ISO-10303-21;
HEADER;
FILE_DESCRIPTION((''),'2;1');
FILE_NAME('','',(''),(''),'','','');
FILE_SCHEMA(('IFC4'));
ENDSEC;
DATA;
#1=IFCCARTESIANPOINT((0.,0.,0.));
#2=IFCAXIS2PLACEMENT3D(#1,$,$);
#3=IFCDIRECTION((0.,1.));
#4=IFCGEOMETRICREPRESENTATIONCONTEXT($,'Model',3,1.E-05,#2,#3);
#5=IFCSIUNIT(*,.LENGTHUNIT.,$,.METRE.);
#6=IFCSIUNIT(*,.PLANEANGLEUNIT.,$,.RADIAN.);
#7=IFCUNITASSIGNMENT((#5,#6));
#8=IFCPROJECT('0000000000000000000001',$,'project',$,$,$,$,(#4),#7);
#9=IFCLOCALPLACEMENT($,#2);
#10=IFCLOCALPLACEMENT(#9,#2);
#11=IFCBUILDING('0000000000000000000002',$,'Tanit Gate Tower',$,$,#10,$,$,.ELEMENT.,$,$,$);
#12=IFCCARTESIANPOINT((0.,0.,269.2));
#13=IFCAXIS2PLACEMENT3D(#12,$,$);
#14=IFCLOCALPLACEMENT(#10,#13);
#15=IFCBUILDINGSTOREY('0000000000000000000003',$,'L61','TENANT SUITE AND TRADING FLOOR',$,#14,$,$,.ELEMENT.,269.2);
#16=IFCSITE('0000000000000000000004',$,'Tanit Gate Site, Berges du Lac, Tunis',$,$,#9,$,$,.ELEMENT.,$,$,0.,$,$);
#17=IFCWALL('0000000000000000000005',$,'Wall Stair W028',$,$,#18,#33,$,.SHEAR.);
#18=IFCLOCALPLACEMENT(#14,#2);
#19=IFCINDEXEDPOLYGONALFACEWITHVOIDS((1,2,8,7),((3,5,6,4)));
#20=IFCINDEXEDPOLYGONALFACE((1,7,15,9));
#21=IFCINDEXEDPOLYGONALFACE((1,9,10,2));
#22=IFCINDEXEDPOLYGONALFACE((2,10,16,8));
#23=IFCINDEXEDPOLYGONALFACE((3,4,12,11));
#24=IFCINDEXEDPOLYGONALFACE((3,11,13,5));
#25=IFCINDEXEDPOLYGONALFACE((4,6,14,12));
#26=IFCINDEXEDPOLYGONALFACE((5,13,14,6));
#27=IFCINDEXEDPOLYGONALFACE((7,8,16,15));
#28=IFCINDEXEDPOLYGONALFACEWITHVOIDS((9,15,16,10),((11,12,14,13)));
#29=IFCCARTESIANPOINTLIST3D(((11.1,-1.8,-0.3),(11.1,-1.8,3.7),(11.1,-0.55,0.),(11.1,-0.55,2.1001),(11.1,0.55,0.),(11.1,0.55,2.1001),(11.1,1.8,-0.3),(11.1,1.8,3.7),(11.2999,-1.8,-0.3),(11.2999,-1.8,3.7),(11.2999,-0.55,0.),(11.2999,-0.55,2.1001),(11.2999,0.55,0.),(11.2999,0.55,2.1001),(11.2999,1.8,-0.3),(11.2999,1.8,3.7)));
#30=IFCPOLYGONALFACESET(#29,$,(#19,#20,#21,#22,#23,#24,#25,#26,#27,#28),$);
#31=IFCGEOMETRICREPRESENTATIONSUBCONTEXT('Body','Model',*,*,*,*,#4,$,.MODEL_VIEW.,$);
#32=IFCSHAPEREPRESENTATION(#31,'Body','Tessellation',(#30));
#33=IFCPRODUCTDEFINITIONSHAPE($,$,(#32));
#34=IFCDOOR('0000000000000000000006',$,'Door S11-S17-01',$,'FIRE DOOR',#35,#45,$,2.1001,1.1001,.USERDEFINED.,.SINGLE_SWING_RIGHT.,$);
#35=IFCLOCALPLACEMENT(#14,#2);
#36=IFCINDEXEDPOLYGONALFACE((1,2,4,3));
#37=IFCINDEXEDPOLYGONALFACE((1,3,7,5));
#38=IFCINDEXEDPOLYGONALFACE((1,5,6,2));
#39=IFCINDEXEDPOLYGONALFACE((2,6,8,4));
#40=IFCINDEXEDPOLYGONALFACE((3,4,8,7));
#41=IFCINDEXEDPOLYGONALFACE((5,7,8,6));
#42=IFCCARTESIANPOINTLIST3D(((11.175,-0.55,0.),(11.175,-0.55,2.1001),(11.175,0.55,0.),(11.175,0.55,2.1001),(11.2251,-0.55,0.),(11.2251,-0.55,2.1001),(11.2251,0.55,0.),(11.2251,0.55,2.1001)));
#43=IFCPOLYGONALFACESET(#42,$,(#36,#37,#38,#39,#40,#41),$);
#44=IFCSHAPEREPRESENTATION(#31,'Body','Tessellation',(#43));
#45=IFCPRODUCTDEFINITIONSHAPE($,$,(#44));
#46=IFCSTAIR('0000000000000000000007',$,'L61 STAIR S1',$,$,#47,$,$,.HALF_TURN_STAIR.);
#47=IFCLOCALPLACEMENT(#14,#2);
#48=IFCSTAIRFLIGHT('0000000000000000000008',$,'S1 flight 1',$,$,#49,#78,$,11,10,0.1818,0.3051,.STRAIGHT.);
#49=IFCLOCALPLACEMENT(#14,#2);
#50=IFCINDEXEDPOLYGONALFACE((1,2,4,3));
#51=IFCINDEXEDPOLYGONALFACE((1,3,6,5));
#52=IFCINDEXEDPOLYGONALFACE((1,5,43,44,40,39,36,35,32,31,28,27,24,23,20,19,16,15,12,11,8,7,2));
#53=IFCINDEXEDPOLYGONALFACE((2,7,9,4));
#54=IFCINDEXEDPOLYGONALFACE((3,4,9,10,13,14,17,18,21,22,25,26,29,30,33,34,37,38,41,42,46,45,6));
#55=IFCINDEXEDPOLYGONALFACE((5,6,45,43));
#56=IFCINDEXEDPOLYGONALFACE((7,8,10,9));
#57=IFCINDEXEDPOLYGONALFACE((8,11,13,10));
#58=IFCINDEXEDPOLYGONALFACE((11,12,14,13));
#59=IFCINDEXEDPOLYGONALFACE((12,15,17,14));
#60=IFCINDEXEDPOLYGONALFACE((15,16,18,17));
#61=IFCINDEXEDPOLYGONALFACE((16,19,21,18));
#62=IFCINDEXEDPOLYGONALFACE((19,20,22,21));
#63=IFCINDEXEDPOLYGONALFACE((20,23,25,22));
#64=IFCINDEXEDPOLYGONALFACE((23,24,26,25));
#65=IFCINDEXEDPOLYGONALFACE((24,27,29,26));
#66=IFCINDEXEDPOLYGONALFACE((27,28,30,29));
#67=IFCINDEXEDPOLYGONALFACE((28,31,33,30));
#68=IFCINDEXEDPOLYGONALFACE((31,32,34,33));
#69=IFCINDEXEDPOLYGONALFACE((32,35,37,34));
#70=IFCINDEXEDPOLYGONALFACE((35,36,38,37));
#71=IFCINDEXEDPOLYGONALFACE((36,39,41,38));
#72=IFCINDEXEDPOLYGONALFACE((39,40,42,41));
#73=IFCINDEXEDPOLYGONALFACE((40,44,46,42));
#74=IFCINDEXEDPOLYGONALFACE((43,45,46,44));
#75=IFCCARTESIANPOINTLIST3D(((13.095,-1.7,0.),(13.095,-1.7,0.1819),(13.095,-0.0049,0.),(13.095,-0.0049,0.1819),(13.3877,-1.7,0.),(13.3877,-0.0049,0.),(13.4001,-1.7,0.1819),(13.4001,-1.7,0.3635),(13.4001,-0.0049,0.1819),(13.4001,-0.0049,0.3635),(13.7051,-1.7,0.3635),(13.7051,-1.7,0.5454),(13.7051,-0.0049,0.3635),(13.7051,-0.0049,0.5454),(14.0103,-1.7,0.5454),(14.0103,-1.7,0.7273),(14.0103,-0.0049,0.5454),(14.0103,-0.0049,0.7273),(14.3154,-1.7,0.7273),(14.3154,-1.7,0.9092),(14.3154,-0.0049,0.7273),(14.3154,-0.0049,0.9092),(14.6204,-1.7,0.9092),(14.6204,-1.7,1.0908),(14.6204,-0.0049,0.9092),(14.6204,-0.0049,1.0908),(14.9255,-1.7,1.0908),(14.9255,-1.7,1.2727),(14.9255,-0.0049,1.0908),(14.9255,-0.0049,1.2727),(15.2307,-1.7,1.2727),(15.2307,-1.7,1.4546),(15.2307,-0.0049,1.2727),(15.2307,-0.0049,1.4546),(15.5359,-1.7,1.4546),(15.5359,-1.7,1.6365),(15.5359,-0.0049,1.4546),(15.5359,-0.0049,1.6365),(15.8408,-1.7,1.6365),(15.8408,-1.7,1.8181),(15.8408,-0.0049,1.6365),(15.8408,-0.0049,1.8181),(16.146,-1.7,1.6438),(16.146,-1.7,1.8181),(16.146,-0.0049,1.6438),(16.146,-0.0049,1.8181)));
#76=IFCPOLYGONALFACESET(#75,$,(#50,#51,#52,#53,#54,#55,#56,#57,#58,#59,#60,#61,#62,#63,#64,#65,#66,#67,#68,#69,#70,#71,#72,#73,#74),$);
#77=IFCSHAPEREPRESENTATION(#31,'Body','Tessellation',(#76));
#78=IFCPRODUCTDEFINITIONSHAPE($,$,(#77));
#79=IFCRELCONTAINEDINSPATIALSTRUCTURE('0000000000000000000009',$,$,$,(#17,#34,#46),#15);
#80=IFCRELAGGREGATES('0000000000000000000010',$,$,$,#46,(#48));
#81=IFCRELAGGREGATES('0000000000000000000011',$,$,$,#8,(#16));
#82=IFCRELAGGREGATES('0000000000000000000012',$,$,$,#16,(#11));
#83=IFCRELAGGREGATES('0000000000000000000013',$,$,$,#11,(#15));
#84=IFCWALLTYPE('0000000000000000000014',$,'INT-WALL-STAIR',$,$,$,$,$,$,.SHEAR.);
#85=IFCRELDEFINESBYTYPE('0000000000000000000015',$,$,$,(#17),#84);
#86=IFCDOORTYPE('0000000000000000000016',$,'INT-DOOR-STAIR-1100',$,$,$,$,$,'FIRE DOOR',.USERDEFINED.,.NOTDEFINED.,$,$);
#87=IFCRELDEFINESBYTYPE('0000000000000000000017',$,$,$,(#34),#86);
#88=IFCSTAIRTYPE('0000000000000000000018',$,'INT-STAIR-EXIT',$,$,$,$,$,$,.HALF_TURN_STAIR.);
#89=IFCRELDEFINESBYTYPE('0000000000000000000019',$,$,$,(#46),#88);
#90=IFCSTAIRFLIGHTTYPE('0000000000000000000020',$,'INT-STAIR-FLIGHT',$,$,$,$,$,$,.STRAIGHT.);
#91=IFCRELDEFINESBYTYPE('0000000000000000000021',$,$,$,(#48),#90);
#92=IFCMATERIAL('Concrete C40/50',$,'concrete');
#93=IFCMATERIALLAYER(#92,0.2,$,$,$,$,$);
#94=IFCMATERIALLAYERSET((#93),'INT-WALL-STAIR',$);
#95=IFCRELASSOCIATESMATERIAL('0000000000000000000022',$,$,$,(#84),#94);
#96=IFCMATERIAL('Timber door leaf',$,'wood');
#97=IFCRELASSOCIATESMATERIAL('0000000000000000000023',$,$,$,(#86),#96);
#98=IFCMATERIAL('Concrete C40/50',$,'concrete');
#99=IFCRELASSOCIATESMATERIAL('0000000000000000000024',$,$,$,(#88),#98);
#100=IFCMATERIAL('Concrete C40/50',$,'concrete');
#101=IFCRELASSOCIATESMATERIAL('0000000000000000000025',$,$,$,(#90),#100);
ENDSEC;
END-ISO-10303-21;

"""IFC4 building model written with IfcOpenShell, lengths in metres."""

from ifc_helpers import new_model, si_unit, direction, frame, frame_2d, origin, place, context, subcontext, project, spatial, polyline, rectangle, outline, extrude, material, layer, layer_set, type_object, element, fill, aggregate, save


model = new_model("IFC4")

# Units and contexts
model_context = context("Model", 3, precision=1e-05, world=origin(), true_north=direction((0.0, 1.0)))
body_context = subcontext(model_context, "Body", "Model", "MODEL_VIEW")
ifc_project = project(units=[si_unit("LENGTHUNIT", "METRE"), si_unit("PLANEANGLEUNIT", "RADIAN")], contexts=[model_context])

# Site, building, storey
site_placement = place(None, origin())
site = spatial("IfcSite", under=ifc_project, at=site_placement, Name="Tanit Gate Site, Berges du Lac, Tunis", CompositionType="ELEMENT", RefElevation=0.0)
building_placement = place(site_placement, origin())
building = spatial("IfcBuilding", under=site, at=building_placement, Name="Tanit Gate Tower", CompositionType="ELEMENT")
storey_placement = place(building_placement, frame((0.0, 0.0, 269.2)))
storey = spatial("IfcBuildingStorey", under=building, at=storey_placement, Name="L61", Description="TENANT SUITE AND TRADING FLOOR", CompositionType="ELEMENT", Elevation=269.2)

# Shared definitions
ifc_material_1 = material(Name="Concrete C40/50", Category="concrete")
ifc_layer_1 = layer(ifc_material_1, 0.2)
ifc_layer_set_1 = layer_set([ifc_layer_1], Name="INT-WALL-STAIR")
wall_type_1 = type_object("IfcWallType", Name="INT-WALL-STAIR", PredefinedType="SHEAR", material=ifc_layer_set_1)

# Wall, opening, door
wall_1_placement = place(storey_placement, frame((11.2, -1.8, -0.3), z_axis=(0.0, 0.0, 1.0), x_axis=(0.0, 1.0, 0.0)))
wall_1 = element("IfcWall", 1, at=wall_1_placement, inside=storey, type_object=wall_type_1, Name="Wall Stair W028", PredefinedType="SHEAR", context=body_context, shape_type="SweptSolid", body=[
    extrude(rectangle(XDim=3.6001, YDim=0.2, at=frame_2d((1.8, 0.0))), origin(), (0.0, 0.0, 1.0), 4.0),
])
opening_1_placement = place(wall_1_placement, frame((1.25, 0.0, 0.3)))
opening_1 = element("IfcOpeningElement", 2, at=opening_1_placement, cuts=wall_1, PredefinedType="OPENING", context=body_context, shape_type="SweptSolid", body=[
    extrude(rectangle(XDim=1.1001, YDim=2.1001, at=frame_2d((0.55, 1.05))), frame((0.0, 0.1099, 0.0), z_axis=(0.0, -1.0, 0.0), x_axis=(1.0, 0.0, 0.0)), (0.0, 0.0, 1.0), 0.22),
])
ifc_material_2 = material(Name="Timber door leaf", Category="wood")
door_type_1 = type_object("IfcDoorType", Name="INT-DOOR-STAIR-1100", ElementType="FIRE DOOR", OperationType="NOTDEFINED", PredefinedType="USERDEFINED", material=ifc_material_2)
door_1_placement = place(opening_1_placement, origin())
door_1 = element("IfcDoor", 3, at=door_1_placement, inside=storey, type_object=door_type_1, Name="Door S11-S17-01", ObjectType="FIRE DOOR", OperationType="SINGLE_SWING_RIGHT", OverallHeight=2.1001, OverallWidth=1.1001, PredefinedType="USERDEFINED", context=body_context, shape_type="SweptSolid", body=[
    extrude(rectangle(XDim=1.1001, YDim=2.1001, at=frame_2d((0.55, 1.05))), frame((0.0, 0.0249, 0.0), z_axis=(0.0, -1.0, 0.0), x_axis=(1.0, 0.0, 0.0)), (0.0, 0.0, 1.0), 0.05),
])
fill(opening_1, door_1)

# Stair, stair flight
ifc_material_3 = material(Name="Concrete C40/50", Category="concrete")
stair_type = type_object("IfcStairType", Name="INT-STAIR-EXIT", PredefinedType="HALF_TURN_STAIR", material=ifc_material_3)
stair_placement = place(storey_placement, origin())
stair = element("IfcStair", 4, at=stair_placement, inside=storey, type_object=stair_type, Name="L61 STAIR S1", PredefinedType="HALF_TURN_STAIR")
ifc_material_4 = material(Name="Concrete C40/50", Category="concrete")
stair_flight_type = type_object("IfcStairFlightType", Name="INT-STAIR-FLIGHT", PredefinedType="STRAIGHT", material=ifc_material_4)
stair_flight_placement = place(storey_placement, frame((13.095, -0.8525, 0.0), z_axis=(0.0, 0.0, 1.0), x_axis=(1.0, 0.0, 0.0)))
stair_flight = element("IfcStairFlight", 5, at=stair_flight_placement, type_object=stair_flight_type, Name="S1 flight 1", NumberOfRisers=11, NumberOfTreads=10, PredefinedType="STRAIGHT", RiserHeight=0.1818, TreadLength=0.3051, context=body_context, shape_type="SweptSolid", body=[
    extrude(outline(polyline([(0.0, 0.0), (0.0, 0.1819), (0.3052, 0.1819), (0.3052, 0.3635), (0.6101, 0.3635), (0.6101, 0.5454), (0.9153, 0.5454), (0.9153, 0.7273), (1.2205, 0.7273), (1.2205, 0.9092), (1.5254, 0.9092), (1.5254, 1.0908), (1.8306, 1.0908), (1.8306, 1.2727), (2.1357, 1.2727), (2.1357, 1.4546), (2.4409, 1.4546), (2.4409, 1.6365), (2.7458, 1.6365), (2.7458, 1.8181), (3.051, 1.8181), (3.051, 2.0), (3.051, 1.6438), (0.2927, 0.0), (0.0, 0.0)])), frame((0.0, 0.8477, 0.0), z_axis=(0.0, -1.0, 0.0), x_axis=(1.0, 0.0, 0.0)), (0.0, 0.0, 1.0), 1.6951),
])
aggregate(stair, [stair_flight])

save(model, "model.ifc")
